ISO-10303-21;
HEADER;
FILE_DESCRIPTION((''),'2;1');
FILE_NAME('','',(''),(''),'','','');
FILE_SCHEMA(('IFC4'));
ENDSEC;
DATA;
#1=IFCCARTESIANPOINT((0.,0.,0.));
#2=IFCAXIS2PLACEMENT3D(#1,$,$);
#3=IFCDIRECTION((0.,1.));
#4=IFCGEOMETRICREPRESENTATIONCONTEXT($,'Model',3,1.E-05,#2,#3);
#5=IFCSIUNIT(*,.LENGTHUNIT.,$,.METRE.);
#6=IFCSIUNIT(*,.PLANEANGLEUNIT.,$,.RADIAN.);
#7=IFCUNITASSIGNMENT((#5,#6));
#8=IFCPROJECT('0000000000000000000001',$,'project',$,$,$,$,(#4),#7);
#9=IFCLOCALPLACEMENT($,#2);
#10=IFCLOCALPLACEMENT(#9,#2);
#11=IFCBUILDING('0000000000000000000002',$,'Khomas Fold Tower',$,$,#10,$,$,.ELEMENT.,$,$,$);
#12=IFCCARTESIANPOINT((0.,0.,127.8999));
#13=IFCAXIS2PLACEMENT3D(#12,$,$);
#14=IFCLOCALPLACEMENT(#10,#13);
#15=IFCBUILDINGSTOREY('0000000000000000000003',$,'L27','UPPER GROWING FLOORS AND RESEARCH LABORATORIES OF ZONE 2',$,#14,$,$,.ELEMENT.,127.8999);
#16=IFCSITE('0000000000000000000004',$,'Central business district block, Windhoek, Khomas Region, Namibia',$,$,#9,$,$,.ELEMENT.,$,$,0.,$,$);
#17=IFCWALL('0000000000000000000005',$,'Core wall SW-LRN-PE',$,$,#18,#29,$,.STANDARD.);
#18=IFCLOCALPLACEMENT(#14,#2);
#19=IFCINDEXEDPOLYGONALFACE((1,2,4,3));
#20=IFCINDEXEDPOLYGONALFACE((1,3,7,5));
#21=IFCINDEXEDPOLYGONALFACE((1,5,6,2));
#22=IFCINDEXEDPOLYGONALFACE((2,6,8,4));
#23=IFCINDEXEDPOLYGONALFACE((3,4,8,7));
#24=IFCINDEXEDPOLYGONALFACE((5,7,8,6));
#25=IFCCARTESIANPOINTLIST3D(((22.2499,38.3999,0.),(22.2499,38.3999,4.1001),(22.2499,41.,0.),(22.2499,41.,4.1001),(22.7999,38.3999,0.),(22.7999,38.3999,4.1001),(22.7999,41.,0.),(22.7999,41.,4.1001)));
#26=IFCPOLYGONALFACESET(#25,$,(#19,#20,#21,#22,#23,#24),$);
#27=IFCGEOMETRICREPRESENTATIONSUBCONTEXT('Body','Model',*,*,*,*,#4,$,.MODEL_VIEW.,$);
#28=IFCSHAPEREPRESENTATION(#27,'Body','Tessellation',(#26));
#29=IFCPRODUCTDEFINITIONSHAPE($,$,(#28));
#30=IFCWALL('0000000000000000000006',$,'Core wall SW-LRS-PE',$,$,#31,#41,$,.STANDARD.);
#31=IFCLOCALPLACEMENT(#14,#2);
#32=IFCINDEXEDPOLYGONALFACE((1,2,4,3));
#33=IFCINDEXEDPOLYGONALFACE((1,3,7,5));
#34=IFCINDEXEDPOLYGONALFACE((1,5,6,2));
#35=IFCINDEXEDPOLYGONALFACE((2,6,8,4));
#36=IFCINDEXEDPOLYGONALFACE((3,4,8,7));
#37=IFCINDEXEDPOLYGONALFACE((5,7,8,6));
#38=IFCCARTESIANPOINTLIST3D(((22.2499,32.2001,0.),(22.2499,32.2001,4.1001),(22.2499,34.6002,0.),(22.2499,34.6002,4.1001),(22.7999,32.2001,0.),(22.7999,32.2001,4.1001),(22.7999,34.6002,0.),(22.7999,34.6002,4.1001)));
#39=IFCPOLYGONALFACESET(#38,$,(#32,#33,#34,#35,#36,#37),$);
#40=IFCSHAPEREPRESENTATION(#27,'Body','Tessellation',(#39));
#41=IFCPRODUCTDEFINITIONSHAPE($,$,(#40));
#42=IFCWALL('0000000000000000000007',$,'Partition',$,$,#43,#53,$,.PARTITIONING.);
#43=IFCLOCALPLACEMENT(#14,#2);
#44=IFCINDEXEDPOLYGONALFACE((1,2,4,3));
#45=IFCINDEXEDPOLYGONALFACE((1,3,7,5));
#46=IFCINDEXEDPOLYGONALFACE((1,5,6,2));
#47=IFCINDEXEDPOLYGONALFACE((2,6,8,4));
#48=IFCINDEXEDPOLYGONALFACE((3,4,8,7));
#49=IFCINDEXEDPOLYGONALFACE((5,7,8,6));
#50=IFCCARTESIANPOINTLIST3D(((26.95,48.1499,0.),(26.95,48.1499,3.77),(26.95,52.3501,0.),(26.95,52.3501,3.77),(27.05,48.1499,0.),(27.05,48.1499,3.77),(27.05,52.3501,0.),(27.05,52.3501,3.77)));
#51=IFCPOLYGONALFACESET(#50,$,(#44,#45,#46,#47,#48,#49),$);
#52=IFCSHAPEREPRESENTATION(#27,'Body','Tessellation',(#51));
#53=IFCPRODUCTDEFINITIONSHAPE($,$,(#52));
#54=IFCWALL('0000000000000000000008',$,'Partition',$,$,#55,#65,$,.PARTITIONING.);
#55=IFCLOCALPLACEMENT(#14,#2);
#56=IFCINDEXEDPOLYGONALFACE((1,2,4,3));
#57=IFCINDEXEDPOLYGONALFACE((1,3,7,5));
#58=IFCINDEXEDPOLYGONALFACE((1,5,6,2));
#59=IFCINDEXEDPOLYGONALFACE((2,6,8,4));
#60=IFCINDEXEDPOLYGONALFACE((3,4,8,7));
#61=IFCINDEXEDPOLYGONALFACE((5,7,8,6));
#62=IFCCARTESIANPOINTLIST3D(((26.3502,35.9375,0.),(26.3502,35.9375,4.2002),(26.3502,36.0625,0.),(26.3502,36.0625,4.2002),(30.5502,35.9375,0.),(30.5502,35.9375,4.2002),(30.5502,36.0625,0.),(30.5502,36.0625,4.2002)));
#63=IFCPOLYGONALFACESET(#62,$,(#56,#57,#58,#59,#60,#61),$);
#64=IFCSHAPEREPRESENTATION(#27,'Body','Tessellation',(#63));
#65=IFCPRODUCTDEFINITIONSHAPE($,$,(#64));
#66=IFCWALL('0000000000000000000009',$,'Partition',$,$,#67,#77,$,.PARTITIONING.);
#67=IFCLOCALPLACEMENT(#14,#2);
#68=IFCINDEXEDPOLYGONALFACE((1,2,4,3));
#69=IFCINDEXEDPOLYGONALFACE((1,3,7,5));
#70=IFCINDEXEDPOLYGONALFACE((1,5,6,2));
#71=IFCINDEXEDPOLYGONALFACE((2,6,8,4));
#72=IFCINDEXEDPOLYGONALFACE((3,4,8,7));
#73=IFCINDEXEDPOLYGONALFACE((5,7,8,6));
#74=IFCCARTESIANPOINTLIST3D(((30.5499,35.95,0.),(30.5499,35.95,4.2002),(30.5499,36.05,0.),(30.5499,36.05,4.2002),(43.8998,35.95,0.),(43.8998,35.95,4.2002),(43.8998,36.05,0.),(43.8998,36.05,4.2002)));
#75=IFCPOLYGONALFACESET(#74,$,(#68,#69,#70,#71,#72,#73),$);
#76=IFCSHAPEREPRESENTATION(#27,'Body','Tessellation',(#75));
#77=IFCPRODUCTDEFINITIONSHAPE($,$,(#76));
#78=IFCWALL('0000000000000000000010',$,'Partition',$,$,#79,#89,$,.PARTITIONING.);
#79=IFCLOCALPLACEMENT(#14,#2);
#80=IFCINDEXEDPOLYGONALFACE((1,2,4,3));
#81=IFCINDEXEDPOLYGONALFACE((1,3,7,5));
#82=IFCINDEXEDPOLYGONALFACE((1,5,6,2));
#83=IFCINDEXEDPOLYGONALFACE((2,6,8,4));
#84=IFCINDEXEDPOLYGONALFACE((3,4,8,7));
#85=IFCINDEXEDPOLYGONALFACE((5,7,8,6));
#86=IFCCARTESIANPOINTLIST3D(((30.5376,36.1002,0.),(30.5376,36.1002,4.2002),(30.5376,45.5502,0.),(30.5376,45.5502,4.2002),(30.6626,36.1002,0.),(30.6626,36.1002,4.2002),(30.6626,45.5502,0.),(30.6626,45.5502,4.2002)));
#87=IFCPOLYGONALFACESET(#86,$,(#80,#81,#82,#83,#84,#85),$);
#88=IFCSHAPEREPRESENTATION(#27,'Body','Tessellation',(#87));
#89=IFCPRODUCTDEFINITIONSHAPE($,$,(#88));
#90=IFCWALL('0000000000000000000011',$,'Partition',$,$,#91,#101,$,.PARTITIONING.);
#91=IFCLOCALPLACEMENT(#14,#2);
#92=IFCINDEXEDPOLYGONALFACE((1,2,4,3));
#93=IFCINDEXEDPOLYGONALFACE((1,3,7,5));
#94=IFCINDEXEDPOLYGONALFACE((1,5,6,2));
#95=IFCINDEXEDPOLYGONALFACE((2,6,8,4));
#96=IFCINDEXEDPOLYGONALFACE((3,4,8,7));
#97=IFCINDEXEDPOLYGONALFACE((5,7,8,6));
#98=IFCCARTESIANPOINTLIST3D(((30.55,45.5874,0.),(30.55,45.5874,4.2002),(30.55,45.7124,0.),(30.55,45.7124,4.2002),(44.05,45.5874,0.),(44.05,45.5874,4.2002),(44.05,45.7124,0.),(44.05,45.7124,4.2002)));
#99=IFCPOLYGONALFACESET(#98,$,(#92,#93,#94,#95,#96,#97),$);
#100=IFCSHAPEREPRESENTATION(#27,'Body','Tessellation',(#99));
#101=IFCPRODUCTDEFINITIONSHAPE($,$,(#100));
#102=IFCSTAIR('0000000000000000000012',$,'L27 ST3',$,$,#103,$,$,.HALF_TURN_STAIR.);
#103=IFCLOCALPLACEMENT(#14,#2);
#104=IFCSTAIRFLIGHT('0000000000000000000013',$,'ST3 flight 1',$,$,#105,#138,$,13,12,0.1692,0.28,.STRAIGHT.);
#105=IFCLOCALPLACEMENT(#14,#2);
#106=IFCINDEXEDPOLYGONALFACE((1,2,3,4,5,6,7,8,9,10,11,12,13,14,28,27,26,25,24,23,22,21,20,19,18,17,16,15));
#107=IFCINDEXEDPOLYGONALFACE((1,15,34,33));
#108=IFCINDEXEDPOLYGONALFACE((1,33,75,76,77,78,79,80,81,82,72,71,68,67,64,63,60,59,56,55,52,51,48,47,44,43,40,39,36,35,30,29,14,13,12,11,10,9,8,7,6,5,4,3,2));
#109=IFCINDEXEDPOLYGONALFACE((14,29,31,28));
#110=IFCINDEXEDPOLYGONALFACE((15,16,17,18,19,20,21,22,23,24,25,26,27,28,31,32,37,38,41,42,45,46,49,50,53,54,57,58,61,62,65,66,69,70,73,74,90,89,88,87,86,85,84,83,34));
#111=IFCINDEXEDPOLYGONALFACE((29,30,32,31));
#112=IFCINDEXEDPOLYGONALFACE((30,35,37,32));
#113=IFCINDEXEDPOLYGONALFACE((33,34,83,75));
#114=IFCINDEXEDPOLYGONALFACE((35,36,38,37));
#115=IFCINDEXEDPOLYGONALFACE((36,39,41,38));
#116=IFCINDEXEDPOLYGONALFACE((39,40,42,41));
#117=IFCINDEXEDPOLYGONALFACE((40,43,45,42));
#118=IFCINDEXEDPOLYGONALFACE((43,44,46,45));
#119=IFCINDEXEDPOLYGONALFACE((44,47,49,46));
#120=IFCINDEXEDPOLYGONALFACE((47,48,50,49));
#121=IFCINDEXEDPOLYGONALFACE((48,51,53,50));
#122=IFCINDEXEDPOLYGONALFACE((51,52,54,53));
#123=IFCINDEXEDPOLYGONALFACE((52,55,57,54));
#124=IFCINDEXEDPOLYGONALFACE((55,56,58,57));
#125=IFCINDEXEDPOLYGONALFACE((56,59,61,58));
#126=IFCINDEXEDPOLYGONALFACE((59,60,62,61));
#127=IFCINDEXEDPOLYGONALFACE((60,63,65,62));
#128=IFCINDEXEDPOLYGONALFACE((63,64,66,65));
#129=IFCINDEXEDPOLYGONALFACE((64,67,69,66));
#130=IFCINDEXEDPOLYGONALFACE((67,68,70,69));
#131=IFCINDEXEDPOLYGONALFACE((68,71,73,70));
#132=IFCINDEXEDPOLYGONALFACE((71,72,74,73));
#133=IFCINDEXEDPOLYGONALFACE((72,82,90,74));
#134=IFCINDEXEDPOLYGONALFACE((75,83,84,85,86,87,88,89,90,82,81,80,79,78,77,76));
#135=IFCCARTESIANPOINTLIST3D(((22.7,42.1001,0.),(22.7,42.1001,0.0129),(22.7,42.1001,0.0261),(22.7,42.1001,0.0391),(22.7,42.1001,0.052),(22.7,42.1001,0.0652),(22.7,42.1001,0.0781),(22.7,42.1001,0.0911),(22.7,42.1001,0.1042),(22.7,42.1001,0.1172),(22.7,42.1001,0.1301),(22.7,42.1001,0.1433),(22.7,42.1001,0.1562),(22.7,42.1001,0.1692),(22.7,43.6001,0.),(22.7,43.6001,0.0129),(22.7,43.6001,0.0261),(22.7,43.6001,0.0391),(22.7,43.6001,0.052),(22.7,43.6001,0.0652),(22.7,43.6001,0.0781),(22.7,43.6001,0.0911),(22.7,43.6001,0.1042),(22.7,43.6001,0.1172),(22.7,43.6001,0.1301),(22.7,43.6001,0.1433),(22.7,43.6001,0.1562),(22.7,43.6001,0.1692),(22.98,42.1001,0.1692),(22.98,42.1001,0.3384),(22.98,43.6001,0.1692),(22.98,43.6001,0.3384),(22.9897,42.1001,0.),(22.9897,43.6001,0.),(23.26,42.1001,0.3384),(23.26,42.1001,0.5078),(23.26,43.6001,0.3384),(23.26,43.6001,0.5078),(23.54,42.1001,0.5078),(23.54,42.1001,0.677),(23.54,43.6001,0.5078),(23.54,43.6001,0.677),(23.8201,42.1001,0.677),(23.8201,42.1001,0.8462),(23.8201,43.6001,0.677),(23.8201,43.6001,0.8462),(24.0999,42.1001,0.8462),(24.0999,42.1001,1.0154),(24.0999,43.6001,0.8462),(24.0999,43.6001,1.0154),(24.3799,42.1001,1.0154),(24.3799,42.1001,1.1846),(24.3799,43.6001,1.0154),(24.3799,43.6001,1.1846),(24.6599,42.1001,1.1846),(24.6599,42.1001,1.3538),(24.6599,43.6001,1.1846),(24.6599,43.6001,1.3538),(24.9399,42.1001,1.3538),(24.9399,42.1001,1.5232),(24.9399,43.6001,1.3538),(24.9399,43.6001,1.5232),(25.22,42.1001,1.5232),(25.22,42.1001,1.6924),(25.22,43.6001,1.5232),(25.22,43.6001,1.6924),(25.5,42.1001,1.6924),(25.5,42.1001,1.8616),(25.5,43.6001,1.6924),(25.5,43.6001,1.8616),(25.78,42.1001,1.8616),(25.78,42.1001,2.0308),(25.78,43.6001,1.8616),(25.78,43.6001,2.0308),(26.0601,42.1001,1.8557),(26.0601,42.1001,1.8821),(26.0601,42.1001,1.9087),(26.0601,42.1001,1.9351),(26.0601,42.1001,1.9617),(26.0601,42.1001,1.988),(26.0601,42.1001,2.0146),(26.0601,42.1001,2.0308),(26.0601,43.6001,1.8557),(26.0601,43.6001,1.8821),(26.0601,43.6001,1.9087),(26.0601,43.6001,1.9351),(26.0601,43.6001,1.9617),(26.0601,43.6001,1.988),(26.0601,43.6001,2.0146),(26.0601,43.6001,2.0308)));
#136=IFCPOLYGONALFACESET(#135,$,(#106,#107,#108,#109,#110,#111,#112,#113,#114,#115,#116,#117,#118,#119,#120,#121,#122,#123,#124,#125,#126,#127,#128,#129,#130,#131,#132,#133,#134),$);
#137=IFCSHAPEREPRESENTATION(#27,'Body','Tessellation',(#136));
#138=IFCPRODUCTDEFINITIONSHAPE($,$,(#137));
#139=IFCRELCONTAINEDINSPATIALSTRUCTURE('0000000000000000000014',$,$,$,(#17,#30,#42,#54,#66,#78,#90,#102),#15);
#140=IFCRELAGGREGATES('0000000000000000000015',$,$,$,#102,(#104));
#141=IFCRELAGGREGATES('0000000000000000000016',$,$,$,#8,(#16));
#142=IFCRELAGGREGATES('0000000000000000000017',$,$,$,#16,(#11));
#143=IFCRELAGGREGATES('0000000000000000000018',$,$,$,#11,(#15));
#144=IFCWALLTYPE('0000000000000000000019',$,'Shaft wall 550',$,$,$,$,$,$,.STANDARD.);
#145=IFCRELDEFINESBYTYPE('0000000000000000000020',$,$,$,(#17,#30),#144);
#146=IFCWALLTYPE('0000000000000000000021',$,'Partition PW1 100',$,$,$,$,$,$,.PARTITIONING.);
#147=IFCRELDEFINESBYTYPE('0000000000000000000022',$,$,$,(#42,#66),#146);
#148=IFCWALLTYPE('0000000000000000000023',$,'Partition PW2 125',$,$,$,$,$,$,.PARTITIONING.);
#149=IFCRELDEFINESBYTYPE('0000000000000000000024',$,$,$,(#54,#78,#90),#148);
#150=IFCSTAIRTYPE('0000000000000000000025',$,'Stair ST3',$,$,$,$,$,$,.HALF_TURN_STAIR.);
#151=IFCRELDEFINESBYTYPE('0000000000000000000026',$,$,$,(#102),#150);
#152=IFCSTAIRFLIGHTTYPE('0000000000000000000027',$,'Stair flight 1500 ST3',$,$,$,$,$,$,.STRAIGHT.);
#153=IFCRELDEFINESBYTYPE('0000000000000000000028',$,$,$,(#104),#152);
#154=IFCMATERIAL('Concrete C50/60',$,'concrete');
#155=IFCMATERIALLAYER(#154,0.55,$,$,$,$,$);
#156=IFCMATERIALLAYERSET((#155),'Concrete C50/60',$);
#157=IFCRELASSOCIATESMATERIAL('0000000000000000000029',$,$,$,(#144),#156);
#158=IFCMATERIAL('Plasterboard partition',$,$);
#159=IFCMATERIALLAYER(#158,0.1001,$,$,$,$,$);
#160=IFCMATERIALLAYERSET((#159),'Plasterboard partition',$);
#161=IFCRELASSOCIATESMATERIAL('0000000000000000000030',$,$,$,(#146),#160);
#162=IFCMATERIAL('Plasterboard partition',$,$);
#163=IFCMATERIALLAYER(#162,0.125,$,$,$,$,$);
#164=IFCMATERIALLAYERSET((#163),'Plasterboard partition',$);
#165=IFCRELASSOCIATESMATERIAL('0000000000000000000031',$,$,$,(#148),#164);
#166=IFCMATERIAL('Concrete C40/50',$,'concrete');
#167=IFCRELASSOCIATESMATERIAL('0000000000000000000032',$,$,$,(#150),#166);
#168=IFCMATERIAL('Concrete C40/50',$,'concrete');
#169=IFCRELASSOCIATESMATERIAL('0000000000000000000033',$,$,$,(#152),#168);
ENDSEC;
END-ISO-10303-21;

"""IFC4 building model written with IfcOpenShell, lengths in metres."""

from ifc_helpers import new_model, si_unit, direction, frame, frame_2d, origin, place, context, subcontext, project, spatial, polyline, rectangle, outline, extrude, source, transform, mapped, material, layer, layer_set, type_object, element, aggregate, save


model = new_model("IFC4")

# Units and contexts
model_context = context("Model", 3, precision=1e-05, world=origin(), true_north=direction((0.0, 1.0)))
body_context = subcontext(model_context, "Body", "Model", "MODEL_VIEW")
ifc_project = project(units=[si_unit("LENGTHUNIT", "METRE"), si_unit("PLANEANGLEUNIT", "RADIAN")], contexts=[model_context])

# Site, building, storey
site_placement = place(None, origin())
site = spatial("IfcSite", under=ifc_project, at=site_placement, Name="Central business district block, Windhoek, Khomas Region, Namibia", CompositionType="ELEMENT", RefElevation=0.0)
building_placement = place(site_placement, origin())
building = spatial("IfcBuilding", under=site, at=building_placement, Name="Khomas Fold Tower", CompositionType="ELEMENT")
storey_placement = place(building_placement, frame((0.0, 0.0, 127.8999)))
storey = spatial("IfcBuildingStorey", under=building, at=storey_placement, Name="L27", Description="UPPER GROWING FLOORS AND RESEARCH LABORATORIES OF ZONE 2", CompositionType="ELEMENT", Elevation=127.8999)

# Walls
ifc_material_1 = material(Name="Concrete C50/60", Category="concrete")
ifc_layer_1 = layer(ifc_material_1, 0.55)
ifc_layer_set_1 = layer_set([ifc_layer_1], Name="Concrete C50/60")
wall_type_1 = type_object("IfcWallType", Name="Shaft wall 550", PredefinedType="STANDARD", material=ifc_layer_set_1)
shared_shape_1 = source(origin(), body_context, "Body", "SweptSolid", [
    extrude(rectangle(XDim=2.6001, YDim=0.55, at=frame_2d((1.3, 0.0))), origin(), (0.0, 0.0, 1.0), 4.1001),
])
wall_1_placement = place(storey_placement, frame((22.5249, 38.3999, 0.0), z_axis=(0.0, 0.0, 1.0), x_axis=(0.0, 1.0, 0.0)))
element("IfcWall", 1, at=wall_1_placement, inside=storey, type_object=wall_type_1, Name="Core wall SW-LRN-PE", PredefinedType="STANDARD", context=body_context, shape_type="MappedRepresentation", body=[
    mapped(shared_shape_1, transform((0.0, 0.0, 0.0))),
])
shared_shape_2 = source(origin(), body_context, "Body", "SweptSolid", [
    extrude(rectangle(XDim=2.4001, YDim=0.55, at=frame_2d((1.2002, 0.0))), origin(), (0.0, 0.0, 1.0), 4.1001),
])
wall_2_placement = place(storey_placement, frame((22.5249, 32.2, 0.0), z_axis=(0.0, 0.0, 1.0), x_axis=(0.0, 1.0, 0.0)))
element("IfcWall", 2, at=wall_2_placement, inside=storey, type_object=wall_type_1, Name="Core wall SW-LRS-PE", PredefinedType="STANDARD", context=body_context, shape_type="MappedRepresentation", body=[
    mapped(shared_shape_2, transform((0.0, 0.0, 0.0))),
])
ifc_material_2 = material(Name="Plasterboard partition")
ifc_layer_2 = layer(ifc_material_2, 0.1001)
ifc_layer_set_2 = layer_set([ifc_layer_2], Name="Plasterboard partition")
wall_type_2 = type_object("IfcWallType", Name="Partition PW1 100", PredefinedType="PARTITIONING", material=ifc_layer_set_2)
shared_shape_3 = source(origin(), body_context, "Body", "SweptSolid", [
    extrude(rectangle(XDim=4.2002, YDim=0.1001, at=frame_2d((2.1001, 0.0))), origin(), (0.0, 0.0, 1.0), 3.77),
])
wall_3_placement = place(storey_placement, frame((27.0, 48.1499, 0.0), z_axis=(0.0, 0.0, 1.0), x_axis=(0.0, 1.0, 0.0)))
element("IfcWall", 3, at=wall_3_placement, inside=storey, type_object=wall_type_2, Name="Partition", PredefinedType="PARTITIONING", context=body_context, shape_type="MappedRepresentation", body=[
    mapped(shared_shape_3, transform((0.0, 0.0, 0.0))),
])
ifc_material_3 = material(Name="Plasterboard partition")
ifc_layer_3 = layer(ifc_material_3, 0.125)
ifc_layer_set_3 = layer_set([ifc_layer_3], Name="Plasterboard partition")
wall_type_3 = type_object("IfcWallType", Name="Partition PW2 125", PredefinedType="PARTITIONING", material=ifc_layer_set_3)
shared_shape_4 = source(origin(), body_context, "Body", "SweptSolid", [
    extrude(rectangle(XDim=4.2, YDim=0.125, at=frame_2d((2.1001, 0.0))), origin(), (0.0, 0.0, 1.0), 4.2002),
])
wall_4_placement = place(storey_placement, frame((26.3501, 36.0, 0.0), z_axis=(0.0, 0.0, 1.0), x_axis=(1.0, 0.0, 0.0)))
element("IfcWall", 4, at=wall_4_placement, inside=storey, type_object=wall_type_3, Name="Partition", PredefinedType="PARTITIONING", context=body_context, shape_type="MappedRepresentation", body=[
    mapped(shared_shape_4, transform((0.0, 0.0, 0.0))),
])
shared_shape_5 = source(origin(), body_context, "Body", "SweptSolid", [
    extrude(rectangle(XDim=13.3499, YDim=0.1001, at=frame_2d((6.6748, 0.0))), origin(), (0.0, 0.0, 1.0), 4.2002),
])
wall_5_placement = place(storey_placement, frame((30.55, 36.0, 0.0), z_axis=(0.0, 0.0, 1.0), x_axis=(1.0, 0.0, 0.0)))
element("IfcWall", 5, at=wall_5_placement, inside=storey, type_object=wall_type_2, Name="Partition", PredefinedType="PARTITIONING", context=body_context, shape_type="MappedRepresentation", body=[
    mapped(shared_shape_5, transform((0.0, 0.0, 0.0))),
])
shared_shape_6 = source(origin(), body_context, "Body", "SweptSolid", [
    extrude(rectangle(XDim=9.45, YDim=0.125, at=frame_2d((4.7251, 0.0))), origin(), (0.0, 0.0, 1.0), 4.2002),
])
wall_6_placement = place(storey_placement, frame((30.6001, 36.1001, 0.0), z_axis=(0.0, 0.0, 1.0), x_axis=(0.0, 1.0, 0.0)))
element("IfcWall", 6, at=wall_6_placement, inside=storey, type_object=wall_type_3, Name="Partition", PredefinedType="PARTITIONING", context=body_context, shape_type="MappedRepresentation", body=[
    mapped(shared_shape_6, transform((0.0, 0.0, 0.0))),
])
shared_shape_7 = source(origin(), body_context, "Body", "SweptSolid", [
    extrude(rectangle(XDim=13.5, YDim=0.125, at=frame_2d((6.75, 0.0))), origin(), (0.0, 0.0, 1.0), 4.2002),
])
wall_7_placement = place(storey_placement, frame((30.55, 45.6499, 0.0), z_axis=(0.0, 0.0, 1.0), x_axis=(1.0, 0.0, 0.0)))
element("IfcWall", 7, at=wall_7_placement, inside=storey, type_object=wall_type_3, Name="Partition", PredefinedType="PARTITIONING", context=body_context, shape_type="MappedRepresentation", body=[
    mapped(shared_shape_7, transform((0.0, 0.0, 0.0))),
])

# Stair, stair flight
ifc_material_4 = material(Name="Concrete C40/50", Category="concrete")
stair_type = type_object("IfcStairType", Name="Stair ST3", PredefinedType="HALF_TURN_STAIR", material=ifc_material_4)
stair_placement = place(storey_placement, origin())
stair = element("IfcStair", 8, at=stair_placement, inside=storey, type_object=stair_type, Name="L27 ST3", PredefinedType="HALF_TURN_STAIR")
ifc_material_5 = material(Name="Concrete C40/50", Category="concrete")
stair_flight_type = type_object("IfcStairFlightType", Name="Stair flight 1500 ST3", PredefinedType="STRAIGHT", material=ifc_material_5)
shared_shape_8 = source(origin(), body_context, "Body", "SweptSolid", [
    extrude(outline(polyline([(0.0, 0.0), (0.0, 0.0129), (0.0, 0.0261), (0.0, 0.0391), (0.0, 0.052), (0.0, 0.0652), (0.0, 0.0781), (0.0, 0.0911), (0.0, 0.1042), (0.0, 0.1172), (0.0, 0.1301), (0.0, 0.1433), (0.0, 0.1562), (0.0, 0.1692), (0.28, 0.1692), (0.28, 0.3384), (0.5601, 0.3384), (0.5601, 0.5078), (0.8401, 0.5078), (0.8401, 0.677), (1.1201, 0.677), (1.1201, 0.8462), (1.3999, 0.8462), (1.3999, 1.0154), (1.6799, 1.0154), (1.6799, 1.1846), (1.96, 1.1846), (1.96, 1.3538), (2.24, 1.3538), (2.24, 1.5232), (2.52, 1.5232), (2.52, 1.6924), (2.8, 1.6924), (2.8, 1.8616), (3.0801, 1.8616), (3.0801, 2.0308), (3.3601, 2.0308), (3.3601, 2.2), (3.3601, 2.1736), (3.3601, 2.147), (3.3601, 2.1206), (3.3601, 2.094), (3.3601, 2.0676), (3.3601, 2.041), (3.3601, 2.0146), (3.3601, 1.988), (3.3601, 1.9617), (3.3601, 1.9351), (3.3601, 1.9087), (3.3601, 1.8821), (3.3601, 1.8557), (0.2898, 0.0), (0.0, 0.0)])), frame((0.0, 0.75, 0.0), z_axis=(0.0, -1.0, 0.0), x_axis=(1.0, 0.0, 0.0)), (0.0, 0.0, 1.0), 1.5),
])
stair_flight_1_placement = place(storey_placement, frame((22.7, 42.8501, 0.0), z_axis=(0.0, 0.0, 1.0), x_axis=(1.0, 0.0, 0.0)))
stair_flight_1 = element("IfcStairFlight", 9, at=stair_flight_1_placement, type_object=stair_flight_type, Name="ST3 flight 1", NumberOfRisers=13, NumberOfTreads=12, PredefinedType="STRAIGHT", RiserHeight=0.1692, TreadLength=0.28, context=body_context, shape_type="MappedRepresentation", body=[
    mapped(shared_shape_8, transform((0.0, 0.0, 0.0))),
])
aggregate(stair, [stair_flight_1])

save(model, "model.ifc")
